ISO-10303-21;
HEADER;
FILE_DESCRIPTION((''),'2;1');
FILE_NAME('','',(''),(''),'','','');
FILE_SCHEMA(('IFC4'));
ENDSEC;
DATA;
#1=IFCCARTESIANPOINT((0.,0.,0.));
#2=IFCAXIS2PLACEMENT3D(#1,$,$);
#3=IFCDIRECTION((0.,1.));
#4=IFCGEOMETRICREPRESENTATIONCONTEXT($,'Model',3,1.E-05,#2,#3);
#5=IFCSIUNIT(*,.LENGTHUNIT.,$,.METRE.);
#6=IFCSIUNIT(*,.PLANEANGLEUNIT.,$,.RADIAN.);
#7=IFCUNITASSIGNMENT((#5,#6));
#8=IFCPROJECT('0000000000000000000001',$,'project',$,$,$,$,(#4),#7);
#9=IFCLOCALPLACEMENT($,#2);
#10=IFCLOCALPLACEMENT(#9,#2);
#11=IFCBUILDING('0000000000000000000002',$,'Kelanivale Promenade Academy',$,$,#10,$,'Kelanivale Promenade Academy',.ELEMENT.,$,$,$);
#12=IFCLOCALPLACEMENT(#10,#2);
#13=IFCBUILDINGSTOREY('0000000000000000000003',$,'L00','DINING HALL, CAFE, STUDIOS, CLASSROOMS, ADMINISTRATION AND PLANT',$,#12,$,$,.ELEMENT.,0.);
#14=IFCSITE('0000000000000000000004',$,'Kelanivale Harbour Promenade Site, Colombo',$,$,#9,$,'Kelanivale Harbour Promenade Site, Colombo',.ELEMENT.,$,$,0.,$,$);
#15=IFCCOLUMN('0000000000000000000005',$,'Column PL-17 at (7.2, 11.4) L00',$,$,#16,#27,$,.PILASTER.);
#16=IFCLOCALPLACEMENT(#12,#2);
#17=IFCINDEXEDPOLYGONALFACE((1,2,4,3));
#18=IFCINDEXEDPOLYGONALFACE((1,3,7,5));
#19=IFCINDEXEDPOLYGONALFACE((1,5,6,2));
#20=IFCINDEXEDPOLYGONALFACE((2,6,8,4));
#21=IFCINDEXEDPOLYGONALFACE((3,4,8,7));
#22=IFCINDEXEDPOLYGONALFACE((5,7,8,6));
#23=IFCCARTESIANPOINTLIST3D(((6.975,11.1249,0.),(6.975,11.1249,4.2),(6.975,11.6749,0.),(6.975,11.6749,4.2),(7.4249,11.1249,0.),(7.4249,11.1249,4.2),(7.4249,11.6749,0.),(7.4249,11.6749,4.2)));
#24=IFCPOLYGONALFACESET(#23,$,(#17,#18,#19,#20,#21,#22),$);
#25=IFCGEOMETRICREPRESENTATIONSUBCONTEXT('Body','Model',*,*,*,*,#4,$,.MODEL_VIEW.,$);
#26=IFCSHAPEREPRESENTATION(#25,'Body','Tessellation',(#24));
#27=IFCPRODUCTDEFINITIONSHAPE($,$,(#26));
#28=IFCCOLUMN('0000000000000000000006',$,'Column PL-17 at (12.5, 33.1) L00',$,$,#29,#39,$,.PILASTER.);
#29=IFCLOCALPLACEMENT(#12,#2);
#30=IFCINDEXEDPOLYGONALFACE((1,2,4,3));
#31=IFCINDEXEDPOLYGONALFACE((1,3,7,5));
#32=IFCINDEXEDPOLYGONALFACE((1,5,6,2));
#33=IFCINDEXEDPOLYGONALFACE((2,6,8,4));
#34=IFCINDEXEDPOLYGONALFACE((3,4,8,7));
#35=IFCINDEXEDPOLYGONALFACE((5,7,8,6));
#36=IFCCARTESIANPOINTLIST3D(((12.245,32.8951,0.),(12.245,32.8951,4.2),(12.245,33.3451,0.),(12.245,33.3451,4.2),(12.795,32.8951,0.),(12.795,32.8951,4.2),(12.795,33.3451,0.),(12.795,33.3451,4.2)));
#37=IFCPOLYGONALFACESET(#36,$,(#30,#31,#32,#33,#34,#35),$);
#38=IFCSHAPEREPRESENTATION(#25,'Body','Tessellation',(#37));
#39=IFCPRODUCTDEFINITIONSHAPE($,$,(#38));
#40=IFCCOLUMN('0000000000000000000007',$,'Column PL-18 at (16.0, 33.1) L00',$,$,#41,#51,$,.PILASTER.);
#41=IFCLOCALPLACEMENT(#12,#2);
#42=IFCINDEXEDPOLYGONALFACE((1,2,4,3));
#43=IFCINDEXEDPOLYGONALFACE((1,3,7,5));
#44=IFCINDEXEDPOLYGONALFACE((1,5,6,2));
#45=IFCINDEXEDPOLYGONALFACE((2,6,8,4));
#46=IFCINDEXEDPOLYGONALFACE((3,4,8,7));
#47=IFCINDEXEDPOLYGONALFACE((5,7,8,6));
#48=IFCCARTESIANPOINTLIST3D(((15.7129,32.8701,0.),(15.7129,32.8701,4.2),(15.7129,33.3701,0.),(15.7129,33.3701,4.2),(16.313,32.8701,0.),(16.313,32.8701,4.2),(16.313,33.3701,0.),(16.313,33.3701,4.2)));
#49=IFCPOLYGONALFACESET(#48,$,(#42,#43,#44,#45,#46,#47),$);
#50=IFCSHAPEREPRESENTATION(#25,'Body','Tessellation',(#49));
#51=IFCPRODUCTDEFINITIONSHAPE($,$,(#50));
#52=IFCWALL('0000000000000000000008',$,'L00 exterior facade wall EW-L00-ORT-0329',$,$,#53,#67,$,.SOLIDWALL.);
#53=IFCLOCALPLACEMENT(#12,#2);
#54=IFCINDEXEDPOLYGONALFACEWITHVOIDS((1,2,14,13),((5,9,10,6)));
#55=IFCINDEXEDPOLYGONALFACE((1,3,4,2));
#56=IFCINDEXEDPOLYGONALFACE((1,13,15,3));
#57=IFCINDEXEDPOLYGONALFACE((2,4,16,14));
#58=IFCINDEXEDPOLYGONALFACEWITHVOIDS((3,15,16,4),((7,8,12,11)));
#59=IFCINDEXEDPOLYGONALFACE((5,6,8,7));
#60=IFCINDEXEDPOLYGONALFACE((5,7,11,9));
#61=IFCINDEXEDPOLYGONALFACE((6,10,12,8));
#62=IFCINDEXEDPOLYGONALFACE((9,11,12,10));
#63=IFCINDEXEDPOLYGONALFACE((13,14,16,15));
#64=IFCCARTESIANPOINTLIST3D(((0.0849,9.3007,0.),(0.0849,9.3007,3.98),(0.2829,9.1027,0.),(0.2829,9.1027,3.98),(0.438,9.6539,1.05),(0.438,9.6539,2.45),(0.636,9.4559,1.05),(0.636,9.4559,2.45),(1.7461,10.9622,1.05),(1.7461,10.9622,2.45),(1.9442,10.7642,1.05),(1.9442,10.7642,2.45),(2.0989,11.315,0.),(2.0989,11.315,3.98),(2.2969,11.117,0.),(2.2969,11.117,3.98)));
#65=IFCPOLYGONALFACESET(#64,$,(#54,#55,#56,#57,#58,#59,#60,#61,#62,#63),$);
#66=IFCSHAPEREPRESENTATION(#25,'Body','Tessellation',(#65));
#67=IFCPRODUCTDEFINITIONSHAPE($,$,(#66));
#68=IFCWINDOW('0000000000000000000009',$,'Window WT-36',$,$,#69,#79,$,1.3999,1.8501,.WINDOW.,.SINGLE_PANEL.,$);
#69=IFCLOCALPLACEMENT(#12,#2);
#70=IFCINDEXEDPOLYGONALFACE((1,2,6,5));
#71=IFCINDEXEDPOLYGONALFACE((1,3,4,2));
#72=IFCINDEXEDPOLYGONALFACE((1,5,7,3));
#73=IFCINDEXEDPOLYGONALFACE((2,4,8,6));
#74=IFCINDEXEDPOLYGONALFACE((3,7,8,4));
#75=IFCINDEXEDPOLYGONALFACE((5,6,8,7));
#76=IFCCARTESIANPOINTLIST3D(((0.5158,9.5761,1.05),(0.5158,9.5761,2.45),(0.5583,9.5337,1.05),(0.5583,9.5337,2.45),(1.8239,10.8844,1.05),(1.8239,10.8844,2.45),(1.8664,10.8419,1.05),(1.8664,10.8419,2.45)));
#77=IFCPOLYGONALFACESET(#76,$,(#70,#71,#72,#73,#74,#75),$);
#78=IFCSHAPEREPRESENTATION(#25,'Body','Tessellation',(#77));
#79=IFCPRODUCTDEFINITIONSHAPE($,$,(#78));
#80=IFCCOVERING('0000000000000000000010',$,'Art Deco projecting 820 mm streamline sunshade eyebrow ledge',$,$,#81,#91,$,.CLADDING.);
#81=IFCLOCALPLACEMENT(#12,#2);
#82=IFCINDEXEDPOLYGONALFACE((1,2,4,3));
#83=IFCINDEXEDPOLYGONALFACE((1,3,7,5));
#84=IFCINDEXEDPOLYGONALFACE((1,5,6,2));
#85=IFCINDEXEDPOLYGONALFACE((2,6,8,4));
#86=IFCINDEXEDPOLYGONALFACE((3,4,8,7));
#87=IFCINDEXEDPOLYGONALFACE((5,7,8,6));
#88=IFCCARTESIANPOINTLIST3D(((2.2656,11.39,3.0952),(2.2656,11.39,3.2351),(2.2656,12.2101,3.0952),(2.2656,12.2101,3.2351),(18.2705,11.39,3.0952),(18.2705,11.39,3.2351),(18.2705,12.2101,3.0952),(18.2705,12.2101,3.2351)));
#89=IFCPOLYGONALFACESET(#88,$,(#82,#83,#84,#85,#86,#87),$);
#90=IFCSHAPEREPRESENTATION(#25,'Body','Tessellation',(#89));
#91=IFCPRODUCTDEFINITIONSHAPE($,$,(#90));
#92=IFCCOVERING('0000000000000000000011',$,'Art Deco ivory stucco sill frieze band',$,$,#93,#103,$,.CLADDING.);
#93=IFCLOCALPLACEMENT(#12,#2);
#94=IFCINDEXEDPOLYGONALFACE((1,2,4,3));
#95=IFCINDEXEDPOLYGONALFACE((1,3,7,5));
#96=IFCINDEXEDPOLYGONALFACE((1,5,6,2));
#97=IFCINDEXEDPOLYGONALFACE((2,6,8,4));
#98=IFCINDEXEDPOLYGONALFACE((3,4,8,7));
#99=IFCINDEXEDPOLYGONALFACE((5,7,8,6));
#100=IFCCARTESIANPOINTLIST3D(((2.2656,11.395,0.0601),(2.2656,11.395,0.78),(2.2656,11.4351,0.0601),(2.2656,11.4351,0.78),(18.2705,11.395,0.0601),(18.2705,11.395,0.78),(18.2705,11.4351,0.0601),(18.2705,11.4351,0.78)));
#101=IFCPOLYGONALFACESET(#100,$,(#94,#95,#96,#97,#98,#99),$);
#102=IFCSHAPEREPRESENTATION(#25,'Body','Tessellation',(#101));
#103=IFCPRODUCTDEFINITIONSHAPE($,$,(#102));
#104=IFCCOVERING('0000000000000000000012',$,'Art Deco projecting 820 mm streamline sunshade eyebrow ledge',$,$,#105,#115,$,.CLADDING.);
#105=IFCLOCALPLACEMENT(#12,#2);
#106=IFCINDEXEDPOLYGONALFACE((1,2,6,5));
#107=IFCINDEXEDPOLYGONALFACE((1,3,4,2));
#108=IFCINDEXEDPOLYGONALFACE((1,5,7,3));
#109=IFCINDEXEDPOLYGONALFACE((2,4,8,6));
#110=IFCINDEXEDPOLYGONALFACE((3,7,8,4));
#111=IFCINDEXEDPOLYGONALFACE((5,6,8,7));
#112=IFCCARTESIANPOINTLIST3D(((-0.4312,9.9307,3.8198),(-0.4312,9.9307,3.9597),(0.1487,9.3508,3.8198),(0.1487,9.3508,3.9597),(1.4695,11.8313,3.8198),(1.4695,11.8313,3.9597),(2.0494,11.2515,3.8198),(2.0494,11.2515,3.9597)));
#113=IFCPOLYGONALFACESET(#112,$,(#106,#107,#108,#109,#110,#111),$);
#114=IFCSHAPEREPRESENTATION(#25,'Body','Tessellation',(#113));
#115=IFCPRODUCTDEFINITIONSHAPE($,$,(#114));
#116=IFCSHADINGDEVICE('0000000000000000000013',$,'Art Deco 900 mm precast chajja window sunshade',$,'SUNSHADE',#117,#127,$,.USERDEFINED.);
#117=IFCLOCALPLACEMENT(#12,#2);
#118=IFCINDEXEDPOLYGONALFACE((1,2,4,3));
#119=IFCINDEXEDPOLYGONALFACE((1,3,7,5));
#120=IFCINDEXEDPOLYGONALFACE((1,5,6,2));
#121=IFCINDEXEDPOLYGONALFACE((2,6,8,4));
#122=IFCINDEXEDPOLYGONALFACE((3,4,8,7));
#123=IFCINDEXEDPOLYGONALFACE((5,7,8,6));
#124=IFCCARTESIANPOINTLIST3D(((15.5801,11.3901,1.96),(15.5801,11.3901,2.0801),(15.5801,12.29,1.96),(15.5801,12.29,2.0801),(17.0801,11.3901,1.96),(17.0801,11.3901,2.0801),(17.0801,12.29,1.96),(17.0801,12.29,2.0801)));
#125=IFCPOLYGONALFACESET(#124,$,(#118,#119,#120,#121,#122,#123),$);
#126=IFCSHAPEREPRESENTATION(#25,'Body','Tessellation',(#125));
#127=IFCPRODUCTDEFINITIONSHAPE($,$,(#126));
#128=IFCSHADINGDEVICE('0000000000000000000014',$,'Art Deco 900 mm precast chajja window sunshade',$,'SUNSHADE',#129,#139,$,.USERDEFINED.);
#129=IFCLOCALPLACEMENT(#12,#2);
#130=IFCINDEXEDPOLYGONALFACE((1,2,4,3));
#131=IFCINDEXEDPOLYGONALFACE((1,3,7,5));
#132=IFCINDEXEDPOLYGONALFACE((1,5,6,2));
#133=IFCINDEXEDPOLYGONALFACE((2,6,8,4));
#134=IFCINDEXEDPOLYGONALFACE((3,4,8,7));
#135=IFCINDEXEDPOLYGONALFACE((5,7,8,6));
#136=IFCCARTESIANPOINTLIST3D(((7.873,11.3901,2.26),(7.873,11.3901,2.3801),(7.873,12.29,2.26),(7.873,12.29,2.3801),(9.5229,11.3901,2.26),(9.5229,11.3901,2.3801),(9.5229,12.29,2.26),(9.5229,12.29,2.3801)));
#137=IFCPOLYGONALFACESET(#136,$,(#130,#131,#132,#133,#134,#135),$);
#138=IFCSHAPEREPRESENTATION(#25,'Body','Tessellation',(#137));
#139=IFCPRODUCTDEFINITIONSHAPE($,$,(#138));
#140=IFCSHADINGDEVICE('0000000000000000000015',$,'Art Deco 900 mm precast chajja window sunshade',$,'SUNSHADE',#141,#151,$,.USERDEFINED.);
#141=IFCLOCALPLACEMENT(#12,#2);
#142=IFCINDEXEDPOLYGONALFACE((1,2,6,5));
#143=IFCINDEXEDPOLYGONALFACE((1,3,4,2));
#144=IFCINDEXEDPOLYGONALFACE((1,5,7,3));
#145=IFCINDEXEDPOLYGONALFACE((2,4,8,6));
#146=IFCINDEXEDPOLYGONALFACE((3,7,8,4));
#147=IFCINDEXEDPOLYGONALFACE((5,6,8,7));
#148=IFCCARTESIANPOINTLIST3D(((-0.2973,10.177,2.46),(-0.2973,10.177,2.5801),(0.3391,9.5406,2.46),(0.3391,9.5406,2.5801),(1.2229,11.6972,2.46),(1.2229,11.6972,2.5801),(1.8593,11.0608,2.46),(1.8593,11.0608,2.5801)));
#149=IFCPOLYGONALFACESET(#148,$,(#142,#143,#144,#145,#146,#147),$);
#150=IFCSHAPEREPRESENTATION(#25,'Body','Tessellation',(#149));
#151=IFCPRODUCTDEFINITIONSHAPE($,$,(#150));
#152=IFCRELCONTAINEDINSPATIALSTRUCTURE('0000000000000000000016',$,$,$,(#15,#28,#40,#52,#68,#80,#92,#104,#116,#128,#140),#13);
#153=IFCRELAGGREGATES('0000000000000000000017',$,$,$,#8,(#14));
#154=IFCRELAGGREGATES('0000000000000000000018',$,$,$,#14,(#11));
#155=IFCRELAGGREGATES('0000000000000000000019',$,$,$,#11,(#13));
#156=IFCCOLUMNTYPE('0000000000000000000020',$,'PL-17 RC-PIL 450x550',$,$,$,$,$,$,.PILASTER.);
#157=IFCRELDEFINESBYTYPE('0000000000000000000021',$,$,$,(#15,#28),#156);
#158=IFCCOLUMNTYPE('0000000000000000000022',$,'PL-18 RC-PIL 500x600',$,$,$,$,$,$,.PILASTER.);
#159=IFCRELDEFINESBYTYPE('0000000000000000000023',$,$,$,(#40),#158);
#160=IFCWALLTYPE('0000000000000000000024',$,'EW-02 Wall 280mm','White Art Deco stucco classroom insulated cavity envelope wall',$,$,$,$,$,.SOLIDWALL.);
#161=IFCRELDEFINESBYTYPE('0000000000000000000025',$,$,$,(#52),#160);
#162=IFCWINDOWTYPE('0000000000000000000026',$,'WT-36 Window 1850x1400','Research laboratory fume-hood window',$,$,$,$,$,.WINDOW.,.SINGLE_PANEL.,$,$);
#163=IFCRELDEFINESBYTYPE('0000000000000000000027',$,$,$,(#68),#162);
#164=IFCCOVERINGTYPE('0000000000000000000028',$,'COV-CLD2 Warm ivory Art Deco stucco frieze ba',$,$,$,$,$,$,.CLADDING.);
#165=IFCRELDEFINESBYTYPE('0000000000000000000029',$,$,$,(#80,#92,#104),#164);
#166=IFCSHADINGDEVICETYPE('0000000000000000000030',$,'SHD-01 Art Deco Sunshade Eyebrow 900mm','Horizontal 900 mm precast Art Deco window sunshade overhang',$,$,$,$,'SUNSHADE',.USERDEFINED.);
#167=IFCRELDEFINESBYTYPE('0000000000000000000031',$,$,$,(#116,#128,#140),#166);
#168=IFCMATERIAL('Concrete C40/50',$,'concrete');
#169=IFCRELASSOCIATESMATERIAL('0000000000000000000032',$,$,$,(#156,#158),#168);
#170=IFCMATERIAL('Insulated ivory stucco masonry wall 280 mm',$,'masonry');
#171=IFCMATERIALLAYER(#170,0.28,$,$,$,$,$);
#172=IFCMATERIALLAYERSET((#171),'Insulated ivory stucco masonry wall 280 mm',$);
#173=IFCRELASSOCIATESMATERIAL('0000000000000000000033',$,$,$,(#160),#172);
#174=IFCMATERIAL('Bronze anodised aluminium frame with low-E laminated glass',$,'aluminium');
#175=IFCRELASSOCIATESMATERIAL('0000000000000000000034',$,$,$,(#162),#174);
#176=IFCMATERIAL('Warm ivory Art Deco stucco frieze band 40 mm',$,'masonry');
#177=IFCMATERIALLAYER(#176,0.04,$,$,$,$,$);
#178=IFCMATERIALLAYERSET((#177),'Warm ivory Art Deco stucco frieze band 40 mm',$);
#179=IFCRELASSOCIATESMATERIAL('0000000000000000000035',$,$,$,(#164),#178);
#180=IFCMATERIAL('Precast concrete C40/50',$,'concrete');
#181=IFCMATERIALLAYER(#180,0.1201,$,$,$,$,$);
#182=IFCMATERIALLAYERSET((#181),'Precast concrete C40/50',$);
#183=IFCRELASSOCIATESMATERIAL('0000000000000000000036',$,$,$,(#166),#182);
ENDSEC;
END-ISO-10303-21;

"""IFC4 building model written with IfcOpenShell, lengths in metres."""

from ifc_helpers import new_model, si_unit, direction, frame, frame_2d, origin, origin_2d, place, context, subcontext, project, spatial, rectangle, extrude, material, layer, layer_set, material_profile, profile_set, type_object, element, fill, save


model = new_model("IFC4")

# Units and contexts
model_context = context("Model", 3, precision=1e-05, world=origin(), true_north=direction((0.0, 1.0)))
body_context = subcontext(model_context, "Body", "Model", "MODEL_VIEW")
ifc_project = project(units=[si_unit("LENGTHUNIT", "METRE"), si_unit("PLANEANGLEUNIT", "RADIAN")], contexts=[model_context])

# Site, building, storey
site_placement = place(None, origin())
site = spatial("IfcSite", under=ifc_project, at=site_placement, Name="Kelanivale Harbour Promenade Site, Colombo", LongName="Kelanivale Harbour Promenade Site, Colombo", CompositionType="ELEMENT", RefElevation=0.0)
building_placement = place(site_placement, origin())
building = spatial("IfcBuilding", under=site, at=building_placement, Name="Kelanivale Promenade Academy", LongName="Kelanivale Promenade Academy", CompositionType="ELEMENT")
storey_placement = place(building_placement, origin())
storey = spatial("IfcBuildingStorey", under=building, at=storey_placement, Name="L00", Description="DINING HALL, CAFE, STUDIOS, CLASSROOMS, ADMINISTRATION AND PLANT", CompositionType="ELEMENT", Elevation=0.0)

# Columns
ifc_material_1 = material(Name="Concrete C40/50", Category="concrete")
ifc_material_profile_1 = material_profile(ifc_material_1, rectangle(XDim=0.45, YDim=0.55, at=origin_2d()), Name="RC-PIL 450x550")
ifc_profile_set_1 = profile_set([ifc_material_profile_1], Name="Concrete C40/50")
column_type_1 = type_object("IfcColumnType", Name="PL-17 RC-PIL 450x550", PredefinedType="PILASTER", material=ifc_profile_set_1)
for number, where, z_axis, x_axis, name in (
    (1, (7.2, 11.3999, 0.0), (0.0, 0.0, 1.0), (1.0, 0.0, 0.0), "Column PL-17 at (7.2, 11.4) L00"),
    (2, (12.52, 33.1201, 0.0), (0.0, 0.0, 1.0), (0.0, 1.0, 0.0), "Column PL-17 at (12.5, 33.1) L00"),
):
    element("IfcColumn", number, at=place(storey_placement, frame(where, z_axis=z_axis, x_axis=x_axis)), inside=storey, type_object=column_type_1, Name=name, PredefinedType="PILASTER", context=body_context, shape_type="SweptSolid", body=[
        extrude(rectangle(XDim=0.45, YDim=0.55, at=origin_2d()), origin(), (0.0, 0.0, 1.0), 4.2),
    ])
ifc_material_profile_2 = material_profile(ifc_material_1, rectangle(XDim=0.5, YDim=0.6001, at=origin_2d()), Name="RC-PIL 500x600")
ifc_profile_set_2 = profile_set([ifc_material_profile_2], Name="Concrete C40/50")
column_type_2 = type_object("IfcColumnType", Name="PL-18 RC-PIL 500x600", PredefinedType="PILASTER", material=ifc_profile_set_2)
column_1_placement = place(storey_placement, frame((16.0129, 33.1201, 0.0), z_axis=(0.0, 0.0, 1.0), x_axis=(0.0, 1.0, 0.0)))
element("IfcColumn", 3, at=column_1_placement, inside=storey, type_object=column_type_2, Name="Column PL-18 at (16.0, 33.1) L00", PredefinedType="PILASTER", context=body_context, shape_type="SweptSolid", body=[
    extrude(rectangle(XDim=0.5, YDim=0.6001, at=origin_2d()), origin(), (0.0, 0.0, 1.0), 4.2),
])

# Wall, opening, window
ifc_material_2 = material(Name="Insulated ivory stucco masonry wall 280 mm", Category="masonry")
ifc_layer_1 = layer(ifc_material_2, 0.28)
ifc_layer_set_1 = layer_set([ifc_layer_1], Name="Insulated ivory stucco masonry wall 280 mm")
wall_type = type_object("IfcWallType", Name="EW-02 Wall 280mm", Description="White Art Deco stucco classroom insulated cavity envelope wall", PredefinedType="SOLIDWALL", material=ifc_layer_set_1)
wall_placement = place(storey_placement, frame((2.198, 11.2161, 0.0), z_axis=(0.0, 0.0, 1.0), x_axis=(-0.707064, -0.70715, 0.0)))
wall = element("IfcWall", 4, at=wall_placement, inside=storey, type_object=wall_type, Name="L00 exterior facade wall EW-L00-ORT-0329", PredefinedType="SOLIDWALL", context=body_context, shape_type="SweptSolid", body=[
    extrude(rectangle(XDim=2.8484, YDim=0.28, at=frame_2d((1.4243, 0.0))), origin(), (0.0, 0.0, 1.0), 3.98),
])
opening_placement = place(wall_placement, frame((0.499, 0.0, 1.05)))
opening = element("IfcOpeningElement", 5, at=opening_placement, cuts=wall, PredefinedType="OPENING", context=body_context, shape_type="SweptSolid", body=[
    extrude(rectangle(XDim=1.8501, YDim=1.3999, at=frame_2d((0.925, 0.7))), frame((0.0, 0.1499, 0.0), z_axis=(0.0, -1.0, 0.0), x_axis=(1.0, 0.0, 0.0)), (0.0, 0.0, 1.0), 0.3),
])
ifc_material_3 = material(Name="Bronze anodised aluminium frame with low-E laminated glass", Category="aluminium")
window_type = type_object("IfcWindowType", Name="WT-36 Window 1850x1400", Description="Research laboratory fume-hood window", PartitioningType="SINGLE_PANEL", PredefinedType="WINDOW", material=ifc_material_3)
window_placement = place(opening_placement, origin())
window = element("IfcWindow", 6, at=window_placement, inside=storey, type_object=window_type, Name="Window WT-36", OverallHeight=1.3999, OverallWidth=1.8501, PartitioningType="SINGLE_PANEL", PredefinedType="WINDOW", context=body_context, shape_type="SweptSolid", body=[
    extrude(rectangle(XDim=1.8501, YDim=1.3999, at=frame_2d((0.925, 0.7))), frame((0.0, 0.03, 0.0), z_axis=(0.0, -1.0, 0.0), x_axis=(1.0, 0.0, 0.0)), (0.0, 0.0, 1.0), 0.0601),
])
fill(opening, window)

# Coverings
ifc_material_4 = material(Name="Warm ivory Art Deco stucco frieze band 40 mm", Category="masonry")
ifc_layer_2 = layer(ifc_material_4, 0.04)
ifc_layer_set_2 = layer_set([ifc_layer_2], Name="Warm ivory Art Deco stucco frieze band 40 mm")
covering_type = type_object("IfcCoveringType", Name="COV-CLD2 Warm ivory Art Deco stucco frieze ba", PredefinedType="CLADDING", material=ifc_layer_set_2)
covering_1_placement = place(storey_placement, frame((10.2681, 11.8, 3.0952), z_axis=(0.0, 0.0, 1.0), x_axis=(-1.0, 0.0, 0.0)))
element("IfcCovering", 7, at=covering_1_placement, inside=storey, type_object=covering_type, Name="Art Deco projecting 820 mm streamline sunshade eyebrow ledge", PredefinedType="CLADDING", context=body_context, shape_type="SweptSolid", body=[
    extrude(rectangle(XDim=16.0049, YDim=0.8201, at=origin_2d()), origin(), (0.0, 0.0, 1.0), 0.1399),
])
covering_2_placement = place(storey_placement, frame((10.2681, 11.415, 0.0601), z_axis=(0.0, 0.0, 1.0), x_axis=(-1.0, 0.0, 0.0)))
element("IfcCovering", 8, at=covering_2_placement, inside=storey, type_object=covering_type, Name="Art Deco ivory stucco sill frieze band", PredefinedType="CLADDING", context=body_context, shape_type="SweptSolid", body=[
    extrude(rectangle(XDim=16.0049, YDim=0.04, at=origin_2d()), origin(), (0.0, 0.0, 1.0), 0.72),
])
covering_3_placement = place(storey_placement, frame((0.8091, 10.5911, 3.8198), z_axis=(0.0, 0.0, 1.0), x_axis=(-0.707107, -0.707107, 0.0)))
element("IfcCovering", 9, at=covering_3_placement, inside=storey, type_object=covering_type, Name="Art Deco projecting 820 mm streamline sunshade eyebrow ledge", PredefinedType="CLADDING", context=body_context, shape_type="SweptSolid", body=[
    extrude(rectangle(XDim=2.688, YDim=0.8201, at=origin_2d()), origin(), (0.0, 0.0, 1.0), 0.1399),
])

# Shading devices
ifc_material_5 = material(Name="Precast concrete C40/50", Category="concrete")
ifc_layer_3 = layer(ifc_material_5, 0.1201)
ifc_layer_set_3 = layer_set([ifc_layer_3], Name="Precast concrete C40/50")
shading_device_type = type_object("IfcShadingDeviceType", Name="SHD-01 Art Deco Sunshade Eyebrow 900mm", Description="Horizontal 900 mm precast Art Deco window sunshade overhang", ElementType="SUNSHADE", PredefinedType="USERDEFINED", material=ifc_layer_set_3)
shading_device_1_placement = place(storey_placement, frame((16.3301, 11.8401, 1.96), z_axis=(0.0, 0.0, 1.0), x_axis=(-1.0, 0.0, 0.0)))
element("IfcShadingDevice", 10, at=shading_device_1_placement, inside=storey, type_object=shading_device_type, Name="Art Deco 900 mm precast chajja window sunshade", ObjectType="SUNSHADE", PredefinedType="USERDEFINED", context=body_context, shape_type="SweptSolid", body=[
    extrude(rectangle(XDim=1.5, YDim=0.8999, at=origin_2d()), origin(), (0.0, 0.0, 1.0), 0.1201),
])
shading_device_2_placement = place(storey_placement, frame((8.698, 11.8401, 2.26), z_axis=(0.0, 0.0, 1.0), x_axis=(-1.0, 0.0, 0.0)))
element("IfcShadingDevice", 11, at=shading_device_2_placement, inside=storey, type_object=shading_device_type, Name="Art Deco 900 mm precast chajja window sunshade", ObjectType="SUNSHADE", PredefinedType="USERDEFINED", context=body_context, shape_type="SweptSolid", body=[
    extrude(rectangle(XDim=1.6499, YDim=0.8999, at=origin_2d()), origin(), (0.0, 0.0, 1.0), 0.1201),
])
shading_device_3_placement = place(storey_placement, frame((0.781, 10.6189, 2.46), z_axis=(0.0, 0.0, 1.0), x_axis=(-0.707107, -0.707107, 0.0)))
element("IfcShadingDevice", 12, at=shading_device_3_placement, inside=storey, type_object=shading_device_type, Name="Art Deco 900 mm precast chajja window sunshade", ObjectType="SUNSHADE", PredefinedType="USERDEFINED", context=body_context, shape_type="SweptSolid", body=[
    extrude(rectangle(XDim=2.1499, YDim=0.8999, at=origin_2d()), origin(), (0.0, 0.0, 1.0), 0.1201),
])

save(model, "model.ifc")
